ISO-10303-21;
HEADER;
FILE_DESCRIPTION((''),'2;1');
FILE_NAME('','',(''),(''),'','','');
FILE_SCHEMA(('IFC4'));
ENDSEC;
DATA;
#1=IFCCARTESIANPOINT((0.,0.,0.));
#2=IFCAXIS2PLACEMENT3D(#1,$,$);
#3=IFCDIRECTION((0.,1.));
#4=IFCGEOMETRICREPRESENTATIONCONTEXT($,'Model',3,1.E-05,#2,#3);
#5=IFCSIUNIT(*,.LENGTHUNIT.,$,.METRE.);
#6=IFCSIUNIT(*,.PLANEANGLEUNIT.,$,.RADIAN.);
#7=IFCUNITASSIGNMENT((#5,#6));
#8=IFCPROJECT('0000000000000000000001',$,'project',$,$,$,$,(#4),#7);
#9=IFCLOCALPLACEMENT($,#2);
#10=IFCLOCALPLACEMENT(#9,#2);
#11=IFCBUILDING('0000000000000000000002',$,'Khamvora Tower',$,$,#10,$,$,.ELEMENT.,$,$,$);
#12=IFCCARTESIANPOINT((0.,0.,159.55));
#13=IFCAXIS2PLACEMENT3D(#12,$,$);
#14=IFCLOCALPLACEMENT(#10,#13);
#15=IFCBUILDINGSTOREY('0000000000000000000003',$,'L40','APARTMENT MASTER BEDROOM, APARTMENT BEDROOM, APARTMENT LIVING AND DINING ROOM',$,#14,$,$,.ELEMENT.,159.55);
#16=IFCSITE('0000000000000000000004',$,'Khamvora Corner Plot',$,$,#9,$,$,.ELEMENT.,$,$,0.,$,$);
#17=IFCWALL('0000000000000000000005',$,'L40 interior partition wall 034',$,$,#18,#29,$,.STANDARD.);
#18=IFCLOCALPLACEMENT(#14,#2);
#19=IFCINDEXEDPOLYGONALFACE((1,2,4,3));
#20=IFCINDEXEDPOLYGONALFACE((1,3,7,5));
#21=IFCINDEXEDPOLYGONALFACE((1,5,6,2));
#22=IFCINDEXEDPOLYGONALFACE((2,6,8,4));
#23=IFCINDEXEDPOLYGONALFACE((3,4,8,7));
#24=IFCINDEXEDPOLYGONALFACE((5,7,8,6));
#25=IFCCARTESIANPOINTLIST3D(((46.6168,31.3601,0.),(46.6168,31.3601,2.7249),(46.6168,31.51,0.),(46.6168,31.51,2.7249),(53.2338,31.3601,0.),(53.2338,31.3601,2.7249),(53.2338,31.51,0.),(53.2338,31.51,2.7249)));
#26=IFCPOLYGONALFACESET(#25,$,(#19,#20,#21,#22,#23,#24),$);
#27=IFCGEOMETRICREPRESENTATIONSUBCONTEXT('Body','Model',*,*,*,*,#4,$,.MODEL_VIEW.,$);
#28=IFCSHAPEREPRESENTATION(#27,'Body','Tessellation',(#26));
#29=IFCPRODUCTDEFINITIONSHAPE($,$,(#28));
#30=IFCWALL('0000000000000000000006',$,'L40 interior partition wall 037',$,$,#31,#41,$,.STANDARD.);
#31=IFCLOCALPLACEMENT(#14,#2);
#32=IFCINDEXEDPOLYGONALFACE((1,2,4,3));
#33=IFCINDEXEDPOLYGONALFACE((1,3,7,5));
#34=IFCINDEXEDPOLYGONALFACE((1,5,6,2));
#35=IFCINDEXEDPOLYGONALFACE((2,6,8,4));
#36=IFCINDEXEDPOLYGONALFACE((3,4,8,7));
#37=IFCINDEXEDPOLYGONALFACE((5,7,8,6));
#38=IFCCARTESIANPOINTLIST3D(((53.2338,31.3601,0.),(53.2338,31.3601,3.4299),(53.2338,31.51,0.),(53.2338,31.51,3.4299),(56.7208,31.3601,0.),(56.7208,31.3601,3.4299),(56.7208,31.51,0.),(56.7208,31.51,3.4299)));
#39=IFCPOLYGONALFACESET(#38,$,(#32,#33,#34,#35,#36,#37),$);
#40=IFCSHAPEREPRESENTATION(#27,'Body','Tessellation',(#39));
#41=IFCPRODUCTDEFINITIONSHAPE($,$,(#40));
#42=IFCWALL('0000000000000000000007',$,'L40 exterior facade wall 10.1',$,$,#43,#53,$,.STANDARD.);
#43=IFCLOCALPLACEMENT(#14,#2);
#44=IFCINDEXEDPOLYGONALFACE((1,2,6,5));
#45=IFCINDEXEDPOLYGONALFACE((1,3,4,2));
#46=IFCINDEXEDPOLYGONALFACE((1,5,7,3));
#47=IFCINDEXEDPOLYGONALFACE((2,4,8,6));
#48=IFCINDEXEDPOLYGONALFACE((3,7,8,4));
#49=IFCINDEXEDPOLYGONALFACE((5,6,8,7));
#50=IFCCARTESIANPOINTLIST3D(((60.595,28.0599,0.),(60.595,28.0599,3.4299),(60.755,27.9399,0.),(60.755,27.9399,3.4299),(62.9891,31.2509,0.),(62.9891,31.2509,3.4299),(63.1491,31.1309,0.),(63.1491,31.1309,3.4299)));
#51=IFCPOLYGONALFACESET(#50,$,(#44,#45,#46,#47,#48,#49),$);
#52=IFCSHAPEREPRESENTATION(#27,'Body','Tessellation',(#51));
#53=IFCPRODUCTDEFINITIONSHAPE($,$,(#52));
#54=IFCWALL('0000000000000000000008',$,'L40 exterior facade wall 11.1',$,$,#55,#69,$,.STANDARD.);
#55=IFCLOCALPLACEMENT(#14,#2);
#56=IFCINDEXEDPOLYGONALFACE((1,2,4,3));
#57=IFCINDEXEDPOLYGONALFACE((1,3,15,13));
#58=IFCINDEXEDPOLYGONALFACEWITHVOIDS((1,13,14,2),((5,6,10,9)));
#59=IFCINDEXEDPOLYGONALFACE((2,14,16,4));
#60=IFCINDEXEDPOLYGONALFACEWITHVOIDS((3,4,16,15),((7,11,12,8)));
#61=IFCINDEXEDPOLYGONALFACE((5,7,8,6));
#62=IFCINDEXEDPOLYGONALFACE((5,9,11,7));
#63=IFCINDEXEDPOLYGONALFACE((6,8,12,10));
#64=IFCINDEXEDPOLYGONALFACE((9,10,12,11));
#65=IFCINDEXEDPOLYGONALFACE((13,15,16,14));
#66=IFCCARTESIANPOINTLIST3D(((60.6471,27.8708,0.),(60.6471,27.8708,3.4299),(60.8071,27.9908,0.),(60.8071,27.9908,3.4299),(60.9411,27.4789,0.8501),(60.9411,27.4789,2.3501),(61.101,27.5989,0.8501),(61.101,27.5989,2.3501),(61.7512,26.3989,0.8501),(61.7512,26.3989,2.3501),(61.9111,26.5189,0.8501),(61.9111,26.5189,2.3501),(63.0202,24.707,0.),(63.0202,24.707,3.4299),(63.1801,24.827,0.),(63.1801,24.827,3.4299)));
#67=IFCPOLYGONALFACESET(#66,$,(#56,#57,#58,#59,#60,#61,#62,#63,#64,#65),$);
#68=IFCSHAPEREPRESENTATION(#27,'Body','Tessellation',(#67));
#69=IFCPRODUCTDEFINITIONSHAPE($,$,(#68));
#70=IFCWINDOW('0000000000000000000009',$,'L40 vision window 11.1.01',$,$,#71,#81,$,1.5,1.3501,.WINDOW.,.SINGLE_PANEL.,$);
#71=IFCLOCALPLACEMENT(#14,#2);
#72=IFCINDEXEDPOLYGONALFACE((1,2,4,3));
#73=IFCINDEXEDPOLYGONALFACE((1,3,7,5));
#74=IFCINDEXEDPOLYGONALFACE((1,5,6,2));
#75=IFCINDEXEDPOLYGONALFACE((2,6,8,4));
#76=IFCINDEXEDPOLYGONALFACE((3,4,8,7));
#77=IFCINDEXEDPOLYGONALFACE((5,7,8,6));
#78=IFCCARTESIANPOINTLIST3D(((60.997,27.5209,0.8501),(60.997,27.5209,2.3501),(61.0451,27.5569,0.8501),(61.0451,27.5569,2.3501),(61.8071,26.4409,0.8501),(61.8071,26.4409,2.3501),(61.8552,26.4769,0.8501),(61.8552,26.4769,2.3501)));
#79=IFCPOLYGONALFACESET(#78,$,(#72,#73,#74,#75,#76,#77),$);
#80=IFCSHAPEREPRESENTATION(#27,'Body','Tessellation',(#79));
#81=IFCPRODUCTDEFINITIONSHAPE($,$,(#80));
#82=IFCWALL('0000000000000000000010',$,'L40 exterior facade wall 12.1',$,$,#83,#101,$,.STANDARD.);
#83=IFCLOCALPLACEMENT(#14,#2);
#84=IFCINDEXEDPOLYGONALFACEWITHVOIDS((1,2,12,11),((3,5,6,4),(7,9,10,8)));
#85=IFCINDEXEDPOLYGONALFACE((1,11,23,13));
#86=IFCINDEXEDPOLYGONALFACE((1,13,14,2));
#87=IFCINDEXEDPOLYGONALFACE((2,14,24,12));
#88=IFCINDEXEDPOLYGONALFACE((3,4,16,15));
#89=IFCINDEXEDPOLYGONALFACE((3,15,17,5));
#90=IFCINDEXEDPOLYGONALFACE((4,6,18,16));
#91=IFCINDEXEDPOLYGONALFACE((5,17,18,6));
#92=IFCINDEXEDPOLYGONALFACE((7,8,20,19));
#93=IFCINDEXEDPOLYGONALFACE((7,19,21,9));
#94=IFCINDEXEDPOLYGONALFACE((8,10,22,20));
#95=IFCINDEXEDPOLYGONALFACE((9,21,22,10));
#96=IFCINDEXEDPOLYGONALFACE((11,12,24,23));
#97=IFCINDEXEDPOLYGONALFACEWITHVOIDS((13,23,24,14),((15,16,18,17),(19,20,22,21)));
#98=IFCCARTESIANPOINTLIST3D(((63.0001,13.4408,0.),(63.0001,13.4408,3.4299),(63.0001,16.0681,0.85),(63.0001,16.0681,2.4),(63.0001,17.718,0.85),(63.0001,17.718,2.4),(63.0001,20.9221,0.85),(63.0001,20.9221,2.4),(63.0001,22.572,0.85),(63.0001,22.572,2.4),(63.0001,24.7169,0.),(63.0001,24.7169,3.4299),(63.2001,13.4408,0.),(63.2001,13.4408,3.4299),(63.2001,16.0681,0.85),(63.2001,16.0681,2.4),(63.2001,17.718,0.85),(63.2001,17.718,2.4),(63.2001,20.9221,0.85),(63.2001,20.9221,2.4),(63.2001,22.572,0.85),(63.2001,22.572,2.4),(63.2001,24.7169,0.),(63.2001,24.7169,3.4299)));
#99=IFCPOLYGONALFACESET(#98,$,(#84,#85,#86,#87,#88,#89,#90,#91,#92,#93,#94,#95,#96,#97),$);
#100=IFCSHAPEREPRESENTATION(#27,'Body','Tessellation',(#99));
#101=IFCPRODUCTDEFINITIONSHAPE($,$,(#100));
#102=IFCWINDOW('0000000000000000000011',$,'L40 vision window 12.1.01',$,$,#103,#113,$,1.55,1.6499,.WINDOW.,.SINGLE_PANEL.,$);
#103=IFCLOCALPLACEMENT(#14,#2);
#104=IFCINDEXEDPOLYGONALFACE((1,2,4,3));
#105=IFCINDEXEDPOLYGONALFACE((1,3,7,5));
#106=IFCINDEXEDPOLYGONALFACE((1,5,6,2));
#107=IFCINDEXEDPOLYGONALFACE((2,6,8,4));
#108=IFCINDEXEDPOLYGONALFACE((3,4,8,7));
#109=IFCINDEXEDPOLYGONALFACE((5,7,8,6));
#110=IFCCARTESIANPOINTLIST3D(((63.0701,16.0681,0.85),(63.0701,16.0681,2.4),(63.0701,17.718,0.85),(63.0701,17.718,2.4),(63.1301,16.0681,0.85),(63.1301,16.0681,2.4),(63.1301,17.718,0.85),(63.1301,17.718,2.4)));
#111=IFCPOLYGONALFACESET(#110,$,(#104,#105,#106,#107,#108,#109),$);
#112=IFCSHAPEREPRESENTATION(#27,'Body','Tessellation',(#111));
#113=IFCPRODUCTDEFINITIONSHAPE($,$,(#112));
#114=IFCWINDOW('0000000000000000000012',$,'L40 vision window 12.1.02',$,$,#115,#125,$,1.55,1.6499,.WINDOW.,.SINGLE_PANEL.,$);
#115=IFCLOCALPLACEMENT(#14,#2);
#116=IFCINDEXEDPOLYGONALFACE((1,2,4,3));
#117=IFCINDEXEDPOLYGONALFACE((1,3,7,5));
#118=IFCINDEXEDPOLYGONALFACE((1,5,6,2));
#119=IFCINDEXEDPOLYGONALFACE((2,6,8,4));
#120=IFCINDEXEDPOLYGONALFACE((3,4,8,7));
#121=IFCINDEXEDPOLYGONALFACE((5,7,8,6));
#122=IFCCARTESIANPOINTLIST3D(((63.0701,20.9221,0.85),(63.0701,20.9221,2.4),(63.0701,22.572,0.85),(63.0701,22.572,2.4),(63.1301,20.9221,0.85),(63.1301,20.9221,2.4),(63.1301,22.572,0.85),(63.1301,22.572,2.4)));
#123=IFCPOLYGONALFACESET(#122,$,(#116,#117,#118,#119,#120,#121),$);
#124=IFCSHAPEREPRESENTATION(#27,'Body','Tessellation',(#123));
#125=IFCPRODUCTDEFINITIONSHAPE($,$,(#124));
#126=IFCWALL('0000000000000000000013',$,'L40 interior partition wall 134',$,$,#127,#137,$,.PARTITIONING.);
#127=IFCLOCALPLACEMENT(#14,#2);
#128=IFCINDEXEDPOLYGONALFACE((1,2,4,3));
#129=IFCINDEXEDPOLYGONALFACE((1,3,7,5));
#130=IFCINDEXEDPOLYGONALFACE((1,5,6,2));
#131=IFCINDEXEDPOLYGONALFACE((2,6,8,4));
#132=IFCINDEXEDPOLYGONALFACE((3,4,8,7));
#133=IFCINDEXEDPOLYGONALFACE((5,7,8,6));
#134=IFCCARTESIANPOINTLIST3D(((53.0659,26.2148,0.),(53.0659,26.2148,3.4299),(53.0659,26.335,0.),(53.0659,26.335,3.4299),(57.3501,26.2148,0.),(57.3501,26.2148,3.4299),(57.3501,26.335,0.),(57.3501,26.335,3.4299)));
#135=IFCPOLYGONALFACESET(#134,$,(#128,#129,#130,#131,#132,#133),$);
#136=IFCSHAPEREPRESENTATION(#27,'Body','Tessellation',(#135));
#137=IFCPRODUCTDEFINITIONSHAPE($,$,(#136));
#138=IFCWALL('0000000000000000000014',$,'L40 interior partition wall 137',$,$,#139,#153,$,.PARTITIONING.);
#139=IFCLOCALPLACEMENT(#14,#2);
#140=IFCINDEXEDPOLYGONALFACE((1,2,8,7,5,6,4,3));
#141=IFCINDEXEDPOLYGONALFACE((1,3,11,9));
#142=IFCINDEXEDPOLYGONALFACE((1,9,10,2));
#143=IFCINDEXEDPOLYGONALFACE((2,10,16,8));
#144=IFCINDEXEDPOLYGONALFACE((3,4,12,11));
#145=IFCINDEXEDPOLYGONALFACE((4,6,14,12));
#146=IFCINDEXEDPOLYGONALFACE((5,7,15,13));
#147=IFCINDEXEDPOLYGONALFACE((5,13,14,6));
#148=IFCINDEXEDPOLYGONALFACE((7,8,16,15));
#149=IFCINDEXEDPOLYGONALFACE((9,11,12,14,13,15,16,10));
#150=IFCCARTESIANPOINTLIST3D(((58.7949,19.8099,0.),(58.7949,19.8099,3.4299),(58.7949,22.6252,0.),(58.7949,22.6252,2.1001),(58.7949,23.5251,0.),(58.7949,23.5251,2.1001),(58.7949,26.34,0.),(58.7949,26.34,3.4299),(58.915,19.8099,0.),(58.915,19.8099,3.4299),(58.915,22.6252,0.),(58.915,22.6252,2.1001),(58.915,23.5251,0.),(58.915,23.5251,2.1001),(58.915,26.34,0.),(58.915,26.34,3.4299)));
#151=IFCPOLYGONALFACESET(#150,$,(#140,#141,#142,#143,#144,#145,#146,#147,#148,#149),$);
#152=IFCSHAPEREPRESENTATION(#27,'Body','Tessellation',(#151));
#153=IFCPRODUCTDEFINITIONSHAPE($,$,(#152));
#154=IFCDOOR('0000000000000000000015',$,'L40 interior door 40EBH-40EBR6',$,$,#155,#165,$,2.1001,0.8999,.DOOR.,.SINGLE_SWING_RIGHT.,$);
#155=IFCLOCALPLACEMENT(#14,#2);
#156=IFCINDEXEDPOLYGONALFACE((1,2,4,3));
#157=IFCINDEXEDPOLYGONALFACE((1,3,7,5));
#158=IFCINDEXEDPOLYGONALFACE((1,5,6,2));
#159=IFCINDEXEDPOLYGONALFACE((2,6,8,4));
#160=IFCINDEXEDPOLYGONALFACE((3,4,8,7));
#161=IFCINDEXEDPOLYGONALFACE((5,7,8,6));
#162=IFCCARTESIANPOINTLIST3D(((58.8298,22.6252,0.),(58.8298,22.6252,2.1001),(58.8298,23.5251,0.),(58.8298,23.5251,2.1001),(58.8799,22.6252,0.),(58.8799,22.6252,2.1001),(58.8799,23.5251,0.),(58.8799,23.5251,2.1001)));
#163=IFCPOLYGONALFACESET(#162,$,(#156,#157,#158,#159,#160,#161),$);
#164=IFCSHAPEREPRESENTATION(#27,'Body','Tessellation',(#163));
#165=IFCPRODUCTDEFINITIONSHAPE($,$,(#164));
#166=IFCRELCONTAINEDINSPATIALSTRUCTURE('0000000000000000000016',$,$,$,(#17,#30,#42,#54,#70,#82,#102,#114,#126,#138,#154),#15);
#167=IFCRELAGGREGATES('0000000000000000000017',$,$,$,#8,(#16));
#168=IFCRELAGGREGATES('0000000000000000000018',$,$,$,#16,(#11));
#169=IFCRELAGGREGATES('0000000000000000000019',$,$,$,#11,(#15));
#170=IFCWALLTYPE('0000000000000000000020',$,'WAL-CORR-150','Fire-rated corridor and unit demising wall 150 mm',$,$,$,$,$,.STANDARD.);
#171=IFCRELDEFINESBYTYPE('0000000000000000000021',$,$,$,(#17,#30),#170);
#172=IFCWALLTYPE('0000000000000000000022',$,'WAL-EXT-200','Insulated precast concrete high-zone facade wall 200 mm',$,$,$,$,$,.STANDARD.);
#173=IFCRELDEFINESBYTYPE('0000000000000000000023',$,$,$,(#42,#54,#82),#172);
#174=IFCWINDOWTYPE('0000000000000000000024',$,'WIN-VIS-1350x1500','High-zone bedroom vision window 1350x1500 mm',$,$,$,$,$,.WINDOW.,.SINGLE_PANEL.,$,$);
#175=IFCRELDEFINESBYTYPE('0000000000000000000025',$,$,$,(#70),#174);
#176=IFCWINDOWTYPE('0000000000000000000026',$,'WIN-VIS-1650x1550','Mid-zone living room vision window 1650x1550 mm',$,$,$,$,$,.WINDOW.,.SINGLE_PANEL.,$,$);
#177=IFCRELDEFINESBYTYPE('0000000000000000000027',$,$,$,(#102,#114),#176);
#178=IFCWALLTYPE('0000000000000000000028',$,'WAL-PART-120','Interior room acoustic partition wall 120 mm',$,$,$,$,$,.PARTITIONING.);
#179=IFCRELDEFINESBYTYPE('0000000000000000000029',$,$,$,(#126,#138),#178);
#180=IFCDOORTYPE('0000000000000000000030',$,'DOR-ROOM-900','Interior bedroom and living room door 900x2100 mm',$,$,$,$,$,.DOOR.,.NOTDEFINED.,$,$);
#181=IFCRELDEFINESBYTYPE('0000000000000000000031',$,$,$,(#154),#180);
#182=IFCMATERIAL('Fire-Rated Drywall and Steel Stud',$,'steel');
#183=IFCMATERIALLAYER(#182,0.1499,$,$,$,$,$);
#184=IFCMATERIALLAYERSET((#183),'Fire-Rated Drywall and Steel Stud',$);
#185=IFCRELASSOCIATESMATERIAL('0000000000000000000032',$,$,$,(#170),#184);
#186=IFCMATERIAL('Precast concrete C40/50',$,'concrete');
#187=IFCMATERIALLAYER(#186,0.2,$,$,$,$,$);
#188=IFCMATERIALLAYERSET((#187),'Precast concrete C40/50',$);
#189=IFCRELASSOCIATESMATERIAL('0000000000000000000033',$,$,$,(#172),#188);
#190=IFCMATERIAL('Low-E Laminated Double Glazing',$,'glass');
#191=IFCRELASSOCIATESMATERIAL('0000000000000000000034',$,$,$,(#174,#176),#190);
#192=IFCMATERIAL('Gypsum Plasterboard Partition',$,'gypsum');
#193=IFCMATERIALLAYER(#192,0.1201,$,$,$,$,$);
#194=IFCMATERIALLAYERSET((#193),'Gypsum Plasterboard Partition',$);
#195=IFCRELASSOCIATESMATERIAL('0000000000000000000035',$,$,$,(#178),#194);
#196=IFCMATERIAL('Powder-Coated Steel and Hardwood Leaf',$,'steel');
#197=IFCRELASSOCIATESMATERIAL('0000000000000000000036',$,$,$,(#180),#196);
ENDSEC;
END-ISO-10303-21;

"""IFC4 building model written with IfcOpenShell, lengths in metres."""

from ifc_helpers import new_model, si_unit, direction, frame, frame_2d, origin, place, context, subcontext, project, spatial, rectangle, extrude, material, layer, layer_set, type_object, element, fill, save


model = new_model("IFC4")

# Units and contexts
model_context = context("Model", 3, precision=1e-05, world=origin(), true_north=direction((0.0, 1.0)))
body_context = subcontext(model_context, "Body", "Model", "MODEL_VIEW")
ifc_project = project(units=[si_unit("LENGTHUNIT", "METRE"), si_unit("PLANEANGLEUNIT", "RADIAN")], contexts=[model_context])

# Site, building, storey
site_placement = place(None, origin())
site = spatial("IfcSite", under=ifc_project, at=site_placement, Name="Khamvora Corner Plot", CompositionType="ELEMENT", RefElevation=0.0)
building_placement = place(site_placement, origin())
building = spatial("IfcBuilding", under=site, at=building_placement, Name="Khamvora Tower", CompositionType="ELEMENT")
storey_placement = place(building_placement, frame((0.0, 0.0, 159.55)))
storey = spatial("IfcBuildingStorey", under=building, at=storey_placement, Name="L40", Description="APARTMENT MASTER BEDROOM, APARTMENT BEDROOM, APARTMENT LIVING AND DINING ROOM", CompositionType="ELEMENT", Elevation=159.55)

# Wall
ifc_material_1 = material(Name="Fire-Rated Drywall and Steel Stud", Category="steel")
ifc_layer_1 = layer(ifc_material_1, 0.1499)
ifc_layer_set_1 = layer_set([ifc_layer_1], Name="Fire-Rated Drywall and Steel Stud")
wall_type_1 = type_object("IfcWallType", Name="WAL-CORR-150", Description="Fire-rated corridor and unit demising wall 150 mm", PredefinedType="STANDARD", material=ifc_layer_set_1)
wall_1_placement = place(storey_placement, frame((53.2339, 31.4351, 0.0), z_axis=(0.0, 0.0, 1.0), x_axis=(-1.0, 0.0, 0.0)))
element("IfcWall", 1, at=wall_1_placement, inside=storey, type_object=wall_type_1, Name="L40 interior partition wall 034", PredefinedType="STANDARD", context=body_context, shape_type="SweptSolid", body=[
    extrude(rectangle(XDim=6.6169, YDim=0.1499, at=frame_2d((3.3086, 0.0))), origin(), (0.0, 0.0, 1.0), 2.7249),
])

# Shared definitions
ifc_material_2 = material(Name="Powder-Coated Steel and Hardwood Leaf", Category="steel")

# Walls
wall_2_placement = place(storey_placement, frame((56.7209, 31.4351, 0.0), z_axis=(0.0, 0.0, 1.0), x_axis=(-1.0, 0.0, 0.0)))
element("IfcWall", 2, at=wall_2_placement, inside=storey, type_object=wall_type_1, Name="L40 interior partition wall 037", PredefinedType="STANDARD", context=body_context, shape_type="SweptSolid", body=[
    extrude(rectangle(XDim=3.4871, YDim=0.1499, at=frame_2d((1.7437, 0.0))), origin(), (0.0, 0.0, 1.0), 3.4299),
])
ifc_material_3 = material(Name="Precast concrete C40/50", Category="concrete")
ifc_layer_2 = layer(ifc_material_3, 0.2)
ifc_layer_set_2 = layer_set([ifc_layer_2], Name="Precast concrete C40/50")
wall_type_2 = type_object("IfcWallType", Name="WAL-EXT-200", Description="Insulated precast concrete high-zone facade wall 200 mm", PredefinedType="STANDARD", material=ifc_layer_set_2)
wall_3_placement = place(storey_placement, frame((63.0691, 31.1909, 0.0), z_axis=(0.0, 0.0, 1.0), x_axis=(-0.600137, -0.799897, 0.0)))
element("IfcWall", 3, at=wall_3_placement, inside=storey, type_object=wall_type_2, Name="L40 exterior facade wall 10.1", PredefinedType="STANDARD", context=body_context, shape_type="SweptSolid", body=[
    extrude(rectangle(XDim=3.9893, YDim=0.2, at=frame_2d((1.9946, 0.0))), origin(), (0.0, 0.0, 1.0), 3.4299),
])

# Wall, opening, window
wall_4_placement = place(storey_placement, frame((60.7271, 27.9309, 0.0), z_axis=(0.0, 0.0, 1.0), x_axis=(0.60003, -0.799978, 0.0)))
wall_4 = element("IfcWall", 4, at=wall_4_placement, inside=storey, type_object=wall_type_2, Name="L40 exterior facade wall 11.1", PredefinedType="STANDARD", context=body_context, shape_type="SweptSolid", body=[
    extrude(rectangle(XDim=3.9548, YDim=0.2, at=frame_2d((1.9775, 0.0))), origin(), (0.0, 0.0, 1.0), 3.4299),
])
opening_1_placement = place(wall_4_placement, frame((0.49, 0.0, 0.8501)))
opening_1 = element("IfcOpeningElement", 5, at=opening_1_placement, cuts=wall_4, PredefinedType="OPENING", context=body_context, shape_type="SweptSolid", body=[
    extrude(rectangle(XDim=1.3501, YDim=1.5, at=frame_2d((0.675, 0.75))), frame((0.0, 0.1099, 0.0), z_axis=(0.0, -1.0, 0.0), x_axis=(1.0, 0.0, 0.0)), (0.0, 0.0, 1.0), 0.22),
])
ifc_material_4 = material(Name="Low-E Laminated Double Glazing", Category="glass")
window_type_1 = type_object("IfcWindowType", Name="WIN-VIS-1350x1500", Description="High-zone bedroom vision window 1350x1500 mm", PartitioningType="SINGLE_PANEL", PredefinedType="WINDOW", material=ifc_material_4)
window_1_placement = place(opening_1_placement, origin())
window_1 = element("IfcWindow", 6, at=window_1_placement, inside=storey, type_object=window_type_1, Name="L40 vision window 11.1.01", OverallHeight=1.5, OverallWidth=1.3501, PartitioningType="SINGLE_PANEL", PredefinedType="WINDOW", context=body_context, shape_type="SweptSolid", body=[
    extrude(rectangle(XDim=1.3501, YDim=1.5, at=frame_2d((0.675, 0.75))), frame((0.0, 0.03, 0.0), z_axis=(0.0, -1.0, 0.0), x_axis=(1.0, 0.0, 0.0)), (0.0, 0.0, 1.0), 0.0601),
])
fill(opening_1, window_1)

# Wall, openings, windows
wall_5_placement = place(storey_placement, frame((63.1001, 24.717, 0.0), z_axis=(0.0, 0.0, 1.0), x_axis=(0.0, -1.0, 0.0)))
wall_5 = element("IfcWall", 7, at=wall_5_placement, inside=storey, type_object=wall_type_2, Name="L40 exterior facade wall 12.1", PredefinedType="STANDARD", context=body_context, shape_type="SweptSolid", body=[
    extrude(rectangle(XDim=11.2761, YDim=0.2, at=frame_2d((5.6382, 0.0))), origin(), (0.0, 0.0, 1.0), 3.4299),
])
opening_2_placement = place(wall_5_placement, frame((6.999, 0.0, 0.8501)))
opening_2 = element("IfcOpeningElement", 8, at=opening_2_placement, cuts=wall_5, PredefinedType="OPENING", context=body_context, shape_type="SweptSolid", body=[
    extrude(rectangle(XDim=1.6499, YDim=1.55, at=frame_2d((0.825, 0.7749))), frame((0.0, 0.1099, 0.0), z_axis=(0.0, -1.0, 0.0), x_axis=(1.0, 0.0, 0.0)), (0.0, 0.0, 1.0), 0.22),
])
opening_3_placement = place(wall_5_placement, frame((2.145, 0.0, 0.8501)))
opening_3 = element("IfcOpeningElement", 9, at=opening_3_placement, cuts=wall_5, PredefinedType="OPENING", context=body_context, shape_type="SweptSolid", body=[
    extrude(rectangle(XDim=1.6499, YDim=1.55, at=frame_2d((0.825, 0.7749))), frame((0.0, 0.1099, 0.0), z_axis=(0.0, -1.0, 0.0), x_axis=(1.0, 0.0, 0.0)), (0.0, 0.0, 1.0), 0.22),
])
window_type_2 = type_object("IfcWindowType", Name="WIN-VIS-1650x1550", Description="Mid-zone living room vision window 1650x1550 mm", PartitioningType="SINGLE_PANEL", PredefinedType="WINDOW", material=ifc_material_4)
window_2_placement = place(opening_2_placement, origin())
window_2 = element("IfcWindow", 10, at=window_2_placement, inside=storey, type_object=window_type_2, Name="L40 vision window 12.1.01", OverallHeight=1.55, OverallWidth=1.6499, PartitioningType="SINGLE_PANEL", PredefinedType="WINDOW", context=body_context, shape_type="SweptSolid", body=[
    extrude(rectangle(XDim=1.6499, YDim=1.55, at=frame_2d((0.825, 0.7749))), frame((0.0, 0.03, 0.0), z_axis=(0.0, -1.0, 0.0), x_axis=(1.0, 0.0, 0.0)), (0.0, 0.0, 1.0), 0.0601),
])
fill(opening_2, window_2)
window_3_placement = place(opening_3_placement, origin())
window_3 = element("IfcWindow", 11, at=window_3_placement, inside=storey, type_object=window_type_2, Name="L40 vision window 12.1.02", OverallHeight=1.55, OverallWidth=1.6499, PartitioningType="SINGLE_PANEL", PredefinedType="WINDOW", context=body_context, shape_type="SweptSolid", body=[
    extrude(rectangle(XDim=1.6499, YDim=1.55, at=frame_2d((0.825, 0.7749))), frame((0.0, 0.03, 0.0), z_axis=(0.0, -1.0, 0.0), x_axis=(1.0, 0.0, 0.0)), (0.0, 0.0, 1.0), 0.0601),
])
fill(opening_3, window_3)

# Wall
ifc_material_5 = material(Name="Gypsum Plasterboard Partition", Category="gypsum")
ifc_layer_3 = layer(ifc_material_5, 0.1201)
ifc_layer_set_3 = layer_set([ifc_layer_3], Name="Gypsum Plasterboard Partition")
wall_type_3 = type_object("IfcWallType", Name="WAL-PART-120", Description="Interior room acoustic partition wall 120 mm", PredefinedType="PARTITIONING", material=ifc_layer_set_3)
wall_6_placement = place(storey_placement, frame((57.3501, 26.2749, 0.0), z_axis=(0.0, 0.0, 1.0), x_axis=(-1.0, 0.0, 0.0)))
element("IfcWall", 12, at=wall_6_placement, inside=storey, type_object=wall_type_3, Name="L40 interior partition wall 134", PredefinedType="PARTITIONING", context=body_context, shape_type="SweptSolid", body=[
    extrude(rectangle(XDim=4.2842, YDim=0.1201, at=frame_2d((2.1421, 0.0))), origin(), (0.0, 0.0, 1.0), 3.4299),
])

# Wall, opening, door
wall_7_placement = place(storey_placement, frame((58.855, 26.3401, 0.0), z_axis=(0.0, 0.0, 1.0), x_axis=(0.0, -1.0, 0.0)))
wall_7 = element("IfcWall", 13, at=wall_7_placement, inside=storey, type_object=wall_type_3, Name="L40 interior partition wall 137", PredefinedType="PARTITIONING", context=body_context, shape_type="SweptSolid", body=[
    extrude(rectangle(XDim=6.53, YDim=0.1201, at=frame_2d((3.2651, 0.0))), origin(), (0.0, 0.0, 1.0), 3.4299),
])
opening_4_placement = place(wall_7_placement, frame((2.8149, 0.0, 0.0)))
opening_4 = element("IfcOpeningElement", 14, at=opening_4_placement, cuts=wall_7, PredefinedType="OPENING", context=body_context, shape_type="SweptSolid", body=[
    extrude(rectangle(XDim=0.8999, YDim=2.1001, at=frame_2d((0.45, 1.05))), frame((0.0, 0.0701, 0.0), z_axis=(0.0, -1.0, 0.0), x_axis=(1.0, 0.0, 0.0)), (0.0, 0.0, 1.0), 0.1401),
])
door_type_1 = type_object("IfcDoorType", Name="DOR-ROOM-900", Description="Interior bedroom and living room door 900x2100 mm", OperationType="NOTDEFINED", PredefinedType="DOOR", material=ifc_material_2)
door_1_placement = place(opening_4_placement, origin())
door_1 = element("IfcDoor", 15, at=door_1_placement, inside=storey, type_object=door_type_1, Name="L40 interior door 40EBH-40EBR6", OperationType="SINGLE_SWING_RIGHT", OverallHeight=2.1001, OverallWidth=0.8999, PredefinedType="DOOR", context=body_context, shape_type="SweptSolid", body=[
    extrude(rectangle(XDim=0.8999, YDim=2.1001, at=frame_2d((0.45, 1.05))), frame((0.0, 0.0249, 0.0), z_axis=(0.0, -1.0, 0.0), x_axis=(1.0, 0.0, 0.0)), (0.0, 0.0, 1.0), 0.05),
])
fill(opening_4, door_1)

save(model, "model.ifc")
